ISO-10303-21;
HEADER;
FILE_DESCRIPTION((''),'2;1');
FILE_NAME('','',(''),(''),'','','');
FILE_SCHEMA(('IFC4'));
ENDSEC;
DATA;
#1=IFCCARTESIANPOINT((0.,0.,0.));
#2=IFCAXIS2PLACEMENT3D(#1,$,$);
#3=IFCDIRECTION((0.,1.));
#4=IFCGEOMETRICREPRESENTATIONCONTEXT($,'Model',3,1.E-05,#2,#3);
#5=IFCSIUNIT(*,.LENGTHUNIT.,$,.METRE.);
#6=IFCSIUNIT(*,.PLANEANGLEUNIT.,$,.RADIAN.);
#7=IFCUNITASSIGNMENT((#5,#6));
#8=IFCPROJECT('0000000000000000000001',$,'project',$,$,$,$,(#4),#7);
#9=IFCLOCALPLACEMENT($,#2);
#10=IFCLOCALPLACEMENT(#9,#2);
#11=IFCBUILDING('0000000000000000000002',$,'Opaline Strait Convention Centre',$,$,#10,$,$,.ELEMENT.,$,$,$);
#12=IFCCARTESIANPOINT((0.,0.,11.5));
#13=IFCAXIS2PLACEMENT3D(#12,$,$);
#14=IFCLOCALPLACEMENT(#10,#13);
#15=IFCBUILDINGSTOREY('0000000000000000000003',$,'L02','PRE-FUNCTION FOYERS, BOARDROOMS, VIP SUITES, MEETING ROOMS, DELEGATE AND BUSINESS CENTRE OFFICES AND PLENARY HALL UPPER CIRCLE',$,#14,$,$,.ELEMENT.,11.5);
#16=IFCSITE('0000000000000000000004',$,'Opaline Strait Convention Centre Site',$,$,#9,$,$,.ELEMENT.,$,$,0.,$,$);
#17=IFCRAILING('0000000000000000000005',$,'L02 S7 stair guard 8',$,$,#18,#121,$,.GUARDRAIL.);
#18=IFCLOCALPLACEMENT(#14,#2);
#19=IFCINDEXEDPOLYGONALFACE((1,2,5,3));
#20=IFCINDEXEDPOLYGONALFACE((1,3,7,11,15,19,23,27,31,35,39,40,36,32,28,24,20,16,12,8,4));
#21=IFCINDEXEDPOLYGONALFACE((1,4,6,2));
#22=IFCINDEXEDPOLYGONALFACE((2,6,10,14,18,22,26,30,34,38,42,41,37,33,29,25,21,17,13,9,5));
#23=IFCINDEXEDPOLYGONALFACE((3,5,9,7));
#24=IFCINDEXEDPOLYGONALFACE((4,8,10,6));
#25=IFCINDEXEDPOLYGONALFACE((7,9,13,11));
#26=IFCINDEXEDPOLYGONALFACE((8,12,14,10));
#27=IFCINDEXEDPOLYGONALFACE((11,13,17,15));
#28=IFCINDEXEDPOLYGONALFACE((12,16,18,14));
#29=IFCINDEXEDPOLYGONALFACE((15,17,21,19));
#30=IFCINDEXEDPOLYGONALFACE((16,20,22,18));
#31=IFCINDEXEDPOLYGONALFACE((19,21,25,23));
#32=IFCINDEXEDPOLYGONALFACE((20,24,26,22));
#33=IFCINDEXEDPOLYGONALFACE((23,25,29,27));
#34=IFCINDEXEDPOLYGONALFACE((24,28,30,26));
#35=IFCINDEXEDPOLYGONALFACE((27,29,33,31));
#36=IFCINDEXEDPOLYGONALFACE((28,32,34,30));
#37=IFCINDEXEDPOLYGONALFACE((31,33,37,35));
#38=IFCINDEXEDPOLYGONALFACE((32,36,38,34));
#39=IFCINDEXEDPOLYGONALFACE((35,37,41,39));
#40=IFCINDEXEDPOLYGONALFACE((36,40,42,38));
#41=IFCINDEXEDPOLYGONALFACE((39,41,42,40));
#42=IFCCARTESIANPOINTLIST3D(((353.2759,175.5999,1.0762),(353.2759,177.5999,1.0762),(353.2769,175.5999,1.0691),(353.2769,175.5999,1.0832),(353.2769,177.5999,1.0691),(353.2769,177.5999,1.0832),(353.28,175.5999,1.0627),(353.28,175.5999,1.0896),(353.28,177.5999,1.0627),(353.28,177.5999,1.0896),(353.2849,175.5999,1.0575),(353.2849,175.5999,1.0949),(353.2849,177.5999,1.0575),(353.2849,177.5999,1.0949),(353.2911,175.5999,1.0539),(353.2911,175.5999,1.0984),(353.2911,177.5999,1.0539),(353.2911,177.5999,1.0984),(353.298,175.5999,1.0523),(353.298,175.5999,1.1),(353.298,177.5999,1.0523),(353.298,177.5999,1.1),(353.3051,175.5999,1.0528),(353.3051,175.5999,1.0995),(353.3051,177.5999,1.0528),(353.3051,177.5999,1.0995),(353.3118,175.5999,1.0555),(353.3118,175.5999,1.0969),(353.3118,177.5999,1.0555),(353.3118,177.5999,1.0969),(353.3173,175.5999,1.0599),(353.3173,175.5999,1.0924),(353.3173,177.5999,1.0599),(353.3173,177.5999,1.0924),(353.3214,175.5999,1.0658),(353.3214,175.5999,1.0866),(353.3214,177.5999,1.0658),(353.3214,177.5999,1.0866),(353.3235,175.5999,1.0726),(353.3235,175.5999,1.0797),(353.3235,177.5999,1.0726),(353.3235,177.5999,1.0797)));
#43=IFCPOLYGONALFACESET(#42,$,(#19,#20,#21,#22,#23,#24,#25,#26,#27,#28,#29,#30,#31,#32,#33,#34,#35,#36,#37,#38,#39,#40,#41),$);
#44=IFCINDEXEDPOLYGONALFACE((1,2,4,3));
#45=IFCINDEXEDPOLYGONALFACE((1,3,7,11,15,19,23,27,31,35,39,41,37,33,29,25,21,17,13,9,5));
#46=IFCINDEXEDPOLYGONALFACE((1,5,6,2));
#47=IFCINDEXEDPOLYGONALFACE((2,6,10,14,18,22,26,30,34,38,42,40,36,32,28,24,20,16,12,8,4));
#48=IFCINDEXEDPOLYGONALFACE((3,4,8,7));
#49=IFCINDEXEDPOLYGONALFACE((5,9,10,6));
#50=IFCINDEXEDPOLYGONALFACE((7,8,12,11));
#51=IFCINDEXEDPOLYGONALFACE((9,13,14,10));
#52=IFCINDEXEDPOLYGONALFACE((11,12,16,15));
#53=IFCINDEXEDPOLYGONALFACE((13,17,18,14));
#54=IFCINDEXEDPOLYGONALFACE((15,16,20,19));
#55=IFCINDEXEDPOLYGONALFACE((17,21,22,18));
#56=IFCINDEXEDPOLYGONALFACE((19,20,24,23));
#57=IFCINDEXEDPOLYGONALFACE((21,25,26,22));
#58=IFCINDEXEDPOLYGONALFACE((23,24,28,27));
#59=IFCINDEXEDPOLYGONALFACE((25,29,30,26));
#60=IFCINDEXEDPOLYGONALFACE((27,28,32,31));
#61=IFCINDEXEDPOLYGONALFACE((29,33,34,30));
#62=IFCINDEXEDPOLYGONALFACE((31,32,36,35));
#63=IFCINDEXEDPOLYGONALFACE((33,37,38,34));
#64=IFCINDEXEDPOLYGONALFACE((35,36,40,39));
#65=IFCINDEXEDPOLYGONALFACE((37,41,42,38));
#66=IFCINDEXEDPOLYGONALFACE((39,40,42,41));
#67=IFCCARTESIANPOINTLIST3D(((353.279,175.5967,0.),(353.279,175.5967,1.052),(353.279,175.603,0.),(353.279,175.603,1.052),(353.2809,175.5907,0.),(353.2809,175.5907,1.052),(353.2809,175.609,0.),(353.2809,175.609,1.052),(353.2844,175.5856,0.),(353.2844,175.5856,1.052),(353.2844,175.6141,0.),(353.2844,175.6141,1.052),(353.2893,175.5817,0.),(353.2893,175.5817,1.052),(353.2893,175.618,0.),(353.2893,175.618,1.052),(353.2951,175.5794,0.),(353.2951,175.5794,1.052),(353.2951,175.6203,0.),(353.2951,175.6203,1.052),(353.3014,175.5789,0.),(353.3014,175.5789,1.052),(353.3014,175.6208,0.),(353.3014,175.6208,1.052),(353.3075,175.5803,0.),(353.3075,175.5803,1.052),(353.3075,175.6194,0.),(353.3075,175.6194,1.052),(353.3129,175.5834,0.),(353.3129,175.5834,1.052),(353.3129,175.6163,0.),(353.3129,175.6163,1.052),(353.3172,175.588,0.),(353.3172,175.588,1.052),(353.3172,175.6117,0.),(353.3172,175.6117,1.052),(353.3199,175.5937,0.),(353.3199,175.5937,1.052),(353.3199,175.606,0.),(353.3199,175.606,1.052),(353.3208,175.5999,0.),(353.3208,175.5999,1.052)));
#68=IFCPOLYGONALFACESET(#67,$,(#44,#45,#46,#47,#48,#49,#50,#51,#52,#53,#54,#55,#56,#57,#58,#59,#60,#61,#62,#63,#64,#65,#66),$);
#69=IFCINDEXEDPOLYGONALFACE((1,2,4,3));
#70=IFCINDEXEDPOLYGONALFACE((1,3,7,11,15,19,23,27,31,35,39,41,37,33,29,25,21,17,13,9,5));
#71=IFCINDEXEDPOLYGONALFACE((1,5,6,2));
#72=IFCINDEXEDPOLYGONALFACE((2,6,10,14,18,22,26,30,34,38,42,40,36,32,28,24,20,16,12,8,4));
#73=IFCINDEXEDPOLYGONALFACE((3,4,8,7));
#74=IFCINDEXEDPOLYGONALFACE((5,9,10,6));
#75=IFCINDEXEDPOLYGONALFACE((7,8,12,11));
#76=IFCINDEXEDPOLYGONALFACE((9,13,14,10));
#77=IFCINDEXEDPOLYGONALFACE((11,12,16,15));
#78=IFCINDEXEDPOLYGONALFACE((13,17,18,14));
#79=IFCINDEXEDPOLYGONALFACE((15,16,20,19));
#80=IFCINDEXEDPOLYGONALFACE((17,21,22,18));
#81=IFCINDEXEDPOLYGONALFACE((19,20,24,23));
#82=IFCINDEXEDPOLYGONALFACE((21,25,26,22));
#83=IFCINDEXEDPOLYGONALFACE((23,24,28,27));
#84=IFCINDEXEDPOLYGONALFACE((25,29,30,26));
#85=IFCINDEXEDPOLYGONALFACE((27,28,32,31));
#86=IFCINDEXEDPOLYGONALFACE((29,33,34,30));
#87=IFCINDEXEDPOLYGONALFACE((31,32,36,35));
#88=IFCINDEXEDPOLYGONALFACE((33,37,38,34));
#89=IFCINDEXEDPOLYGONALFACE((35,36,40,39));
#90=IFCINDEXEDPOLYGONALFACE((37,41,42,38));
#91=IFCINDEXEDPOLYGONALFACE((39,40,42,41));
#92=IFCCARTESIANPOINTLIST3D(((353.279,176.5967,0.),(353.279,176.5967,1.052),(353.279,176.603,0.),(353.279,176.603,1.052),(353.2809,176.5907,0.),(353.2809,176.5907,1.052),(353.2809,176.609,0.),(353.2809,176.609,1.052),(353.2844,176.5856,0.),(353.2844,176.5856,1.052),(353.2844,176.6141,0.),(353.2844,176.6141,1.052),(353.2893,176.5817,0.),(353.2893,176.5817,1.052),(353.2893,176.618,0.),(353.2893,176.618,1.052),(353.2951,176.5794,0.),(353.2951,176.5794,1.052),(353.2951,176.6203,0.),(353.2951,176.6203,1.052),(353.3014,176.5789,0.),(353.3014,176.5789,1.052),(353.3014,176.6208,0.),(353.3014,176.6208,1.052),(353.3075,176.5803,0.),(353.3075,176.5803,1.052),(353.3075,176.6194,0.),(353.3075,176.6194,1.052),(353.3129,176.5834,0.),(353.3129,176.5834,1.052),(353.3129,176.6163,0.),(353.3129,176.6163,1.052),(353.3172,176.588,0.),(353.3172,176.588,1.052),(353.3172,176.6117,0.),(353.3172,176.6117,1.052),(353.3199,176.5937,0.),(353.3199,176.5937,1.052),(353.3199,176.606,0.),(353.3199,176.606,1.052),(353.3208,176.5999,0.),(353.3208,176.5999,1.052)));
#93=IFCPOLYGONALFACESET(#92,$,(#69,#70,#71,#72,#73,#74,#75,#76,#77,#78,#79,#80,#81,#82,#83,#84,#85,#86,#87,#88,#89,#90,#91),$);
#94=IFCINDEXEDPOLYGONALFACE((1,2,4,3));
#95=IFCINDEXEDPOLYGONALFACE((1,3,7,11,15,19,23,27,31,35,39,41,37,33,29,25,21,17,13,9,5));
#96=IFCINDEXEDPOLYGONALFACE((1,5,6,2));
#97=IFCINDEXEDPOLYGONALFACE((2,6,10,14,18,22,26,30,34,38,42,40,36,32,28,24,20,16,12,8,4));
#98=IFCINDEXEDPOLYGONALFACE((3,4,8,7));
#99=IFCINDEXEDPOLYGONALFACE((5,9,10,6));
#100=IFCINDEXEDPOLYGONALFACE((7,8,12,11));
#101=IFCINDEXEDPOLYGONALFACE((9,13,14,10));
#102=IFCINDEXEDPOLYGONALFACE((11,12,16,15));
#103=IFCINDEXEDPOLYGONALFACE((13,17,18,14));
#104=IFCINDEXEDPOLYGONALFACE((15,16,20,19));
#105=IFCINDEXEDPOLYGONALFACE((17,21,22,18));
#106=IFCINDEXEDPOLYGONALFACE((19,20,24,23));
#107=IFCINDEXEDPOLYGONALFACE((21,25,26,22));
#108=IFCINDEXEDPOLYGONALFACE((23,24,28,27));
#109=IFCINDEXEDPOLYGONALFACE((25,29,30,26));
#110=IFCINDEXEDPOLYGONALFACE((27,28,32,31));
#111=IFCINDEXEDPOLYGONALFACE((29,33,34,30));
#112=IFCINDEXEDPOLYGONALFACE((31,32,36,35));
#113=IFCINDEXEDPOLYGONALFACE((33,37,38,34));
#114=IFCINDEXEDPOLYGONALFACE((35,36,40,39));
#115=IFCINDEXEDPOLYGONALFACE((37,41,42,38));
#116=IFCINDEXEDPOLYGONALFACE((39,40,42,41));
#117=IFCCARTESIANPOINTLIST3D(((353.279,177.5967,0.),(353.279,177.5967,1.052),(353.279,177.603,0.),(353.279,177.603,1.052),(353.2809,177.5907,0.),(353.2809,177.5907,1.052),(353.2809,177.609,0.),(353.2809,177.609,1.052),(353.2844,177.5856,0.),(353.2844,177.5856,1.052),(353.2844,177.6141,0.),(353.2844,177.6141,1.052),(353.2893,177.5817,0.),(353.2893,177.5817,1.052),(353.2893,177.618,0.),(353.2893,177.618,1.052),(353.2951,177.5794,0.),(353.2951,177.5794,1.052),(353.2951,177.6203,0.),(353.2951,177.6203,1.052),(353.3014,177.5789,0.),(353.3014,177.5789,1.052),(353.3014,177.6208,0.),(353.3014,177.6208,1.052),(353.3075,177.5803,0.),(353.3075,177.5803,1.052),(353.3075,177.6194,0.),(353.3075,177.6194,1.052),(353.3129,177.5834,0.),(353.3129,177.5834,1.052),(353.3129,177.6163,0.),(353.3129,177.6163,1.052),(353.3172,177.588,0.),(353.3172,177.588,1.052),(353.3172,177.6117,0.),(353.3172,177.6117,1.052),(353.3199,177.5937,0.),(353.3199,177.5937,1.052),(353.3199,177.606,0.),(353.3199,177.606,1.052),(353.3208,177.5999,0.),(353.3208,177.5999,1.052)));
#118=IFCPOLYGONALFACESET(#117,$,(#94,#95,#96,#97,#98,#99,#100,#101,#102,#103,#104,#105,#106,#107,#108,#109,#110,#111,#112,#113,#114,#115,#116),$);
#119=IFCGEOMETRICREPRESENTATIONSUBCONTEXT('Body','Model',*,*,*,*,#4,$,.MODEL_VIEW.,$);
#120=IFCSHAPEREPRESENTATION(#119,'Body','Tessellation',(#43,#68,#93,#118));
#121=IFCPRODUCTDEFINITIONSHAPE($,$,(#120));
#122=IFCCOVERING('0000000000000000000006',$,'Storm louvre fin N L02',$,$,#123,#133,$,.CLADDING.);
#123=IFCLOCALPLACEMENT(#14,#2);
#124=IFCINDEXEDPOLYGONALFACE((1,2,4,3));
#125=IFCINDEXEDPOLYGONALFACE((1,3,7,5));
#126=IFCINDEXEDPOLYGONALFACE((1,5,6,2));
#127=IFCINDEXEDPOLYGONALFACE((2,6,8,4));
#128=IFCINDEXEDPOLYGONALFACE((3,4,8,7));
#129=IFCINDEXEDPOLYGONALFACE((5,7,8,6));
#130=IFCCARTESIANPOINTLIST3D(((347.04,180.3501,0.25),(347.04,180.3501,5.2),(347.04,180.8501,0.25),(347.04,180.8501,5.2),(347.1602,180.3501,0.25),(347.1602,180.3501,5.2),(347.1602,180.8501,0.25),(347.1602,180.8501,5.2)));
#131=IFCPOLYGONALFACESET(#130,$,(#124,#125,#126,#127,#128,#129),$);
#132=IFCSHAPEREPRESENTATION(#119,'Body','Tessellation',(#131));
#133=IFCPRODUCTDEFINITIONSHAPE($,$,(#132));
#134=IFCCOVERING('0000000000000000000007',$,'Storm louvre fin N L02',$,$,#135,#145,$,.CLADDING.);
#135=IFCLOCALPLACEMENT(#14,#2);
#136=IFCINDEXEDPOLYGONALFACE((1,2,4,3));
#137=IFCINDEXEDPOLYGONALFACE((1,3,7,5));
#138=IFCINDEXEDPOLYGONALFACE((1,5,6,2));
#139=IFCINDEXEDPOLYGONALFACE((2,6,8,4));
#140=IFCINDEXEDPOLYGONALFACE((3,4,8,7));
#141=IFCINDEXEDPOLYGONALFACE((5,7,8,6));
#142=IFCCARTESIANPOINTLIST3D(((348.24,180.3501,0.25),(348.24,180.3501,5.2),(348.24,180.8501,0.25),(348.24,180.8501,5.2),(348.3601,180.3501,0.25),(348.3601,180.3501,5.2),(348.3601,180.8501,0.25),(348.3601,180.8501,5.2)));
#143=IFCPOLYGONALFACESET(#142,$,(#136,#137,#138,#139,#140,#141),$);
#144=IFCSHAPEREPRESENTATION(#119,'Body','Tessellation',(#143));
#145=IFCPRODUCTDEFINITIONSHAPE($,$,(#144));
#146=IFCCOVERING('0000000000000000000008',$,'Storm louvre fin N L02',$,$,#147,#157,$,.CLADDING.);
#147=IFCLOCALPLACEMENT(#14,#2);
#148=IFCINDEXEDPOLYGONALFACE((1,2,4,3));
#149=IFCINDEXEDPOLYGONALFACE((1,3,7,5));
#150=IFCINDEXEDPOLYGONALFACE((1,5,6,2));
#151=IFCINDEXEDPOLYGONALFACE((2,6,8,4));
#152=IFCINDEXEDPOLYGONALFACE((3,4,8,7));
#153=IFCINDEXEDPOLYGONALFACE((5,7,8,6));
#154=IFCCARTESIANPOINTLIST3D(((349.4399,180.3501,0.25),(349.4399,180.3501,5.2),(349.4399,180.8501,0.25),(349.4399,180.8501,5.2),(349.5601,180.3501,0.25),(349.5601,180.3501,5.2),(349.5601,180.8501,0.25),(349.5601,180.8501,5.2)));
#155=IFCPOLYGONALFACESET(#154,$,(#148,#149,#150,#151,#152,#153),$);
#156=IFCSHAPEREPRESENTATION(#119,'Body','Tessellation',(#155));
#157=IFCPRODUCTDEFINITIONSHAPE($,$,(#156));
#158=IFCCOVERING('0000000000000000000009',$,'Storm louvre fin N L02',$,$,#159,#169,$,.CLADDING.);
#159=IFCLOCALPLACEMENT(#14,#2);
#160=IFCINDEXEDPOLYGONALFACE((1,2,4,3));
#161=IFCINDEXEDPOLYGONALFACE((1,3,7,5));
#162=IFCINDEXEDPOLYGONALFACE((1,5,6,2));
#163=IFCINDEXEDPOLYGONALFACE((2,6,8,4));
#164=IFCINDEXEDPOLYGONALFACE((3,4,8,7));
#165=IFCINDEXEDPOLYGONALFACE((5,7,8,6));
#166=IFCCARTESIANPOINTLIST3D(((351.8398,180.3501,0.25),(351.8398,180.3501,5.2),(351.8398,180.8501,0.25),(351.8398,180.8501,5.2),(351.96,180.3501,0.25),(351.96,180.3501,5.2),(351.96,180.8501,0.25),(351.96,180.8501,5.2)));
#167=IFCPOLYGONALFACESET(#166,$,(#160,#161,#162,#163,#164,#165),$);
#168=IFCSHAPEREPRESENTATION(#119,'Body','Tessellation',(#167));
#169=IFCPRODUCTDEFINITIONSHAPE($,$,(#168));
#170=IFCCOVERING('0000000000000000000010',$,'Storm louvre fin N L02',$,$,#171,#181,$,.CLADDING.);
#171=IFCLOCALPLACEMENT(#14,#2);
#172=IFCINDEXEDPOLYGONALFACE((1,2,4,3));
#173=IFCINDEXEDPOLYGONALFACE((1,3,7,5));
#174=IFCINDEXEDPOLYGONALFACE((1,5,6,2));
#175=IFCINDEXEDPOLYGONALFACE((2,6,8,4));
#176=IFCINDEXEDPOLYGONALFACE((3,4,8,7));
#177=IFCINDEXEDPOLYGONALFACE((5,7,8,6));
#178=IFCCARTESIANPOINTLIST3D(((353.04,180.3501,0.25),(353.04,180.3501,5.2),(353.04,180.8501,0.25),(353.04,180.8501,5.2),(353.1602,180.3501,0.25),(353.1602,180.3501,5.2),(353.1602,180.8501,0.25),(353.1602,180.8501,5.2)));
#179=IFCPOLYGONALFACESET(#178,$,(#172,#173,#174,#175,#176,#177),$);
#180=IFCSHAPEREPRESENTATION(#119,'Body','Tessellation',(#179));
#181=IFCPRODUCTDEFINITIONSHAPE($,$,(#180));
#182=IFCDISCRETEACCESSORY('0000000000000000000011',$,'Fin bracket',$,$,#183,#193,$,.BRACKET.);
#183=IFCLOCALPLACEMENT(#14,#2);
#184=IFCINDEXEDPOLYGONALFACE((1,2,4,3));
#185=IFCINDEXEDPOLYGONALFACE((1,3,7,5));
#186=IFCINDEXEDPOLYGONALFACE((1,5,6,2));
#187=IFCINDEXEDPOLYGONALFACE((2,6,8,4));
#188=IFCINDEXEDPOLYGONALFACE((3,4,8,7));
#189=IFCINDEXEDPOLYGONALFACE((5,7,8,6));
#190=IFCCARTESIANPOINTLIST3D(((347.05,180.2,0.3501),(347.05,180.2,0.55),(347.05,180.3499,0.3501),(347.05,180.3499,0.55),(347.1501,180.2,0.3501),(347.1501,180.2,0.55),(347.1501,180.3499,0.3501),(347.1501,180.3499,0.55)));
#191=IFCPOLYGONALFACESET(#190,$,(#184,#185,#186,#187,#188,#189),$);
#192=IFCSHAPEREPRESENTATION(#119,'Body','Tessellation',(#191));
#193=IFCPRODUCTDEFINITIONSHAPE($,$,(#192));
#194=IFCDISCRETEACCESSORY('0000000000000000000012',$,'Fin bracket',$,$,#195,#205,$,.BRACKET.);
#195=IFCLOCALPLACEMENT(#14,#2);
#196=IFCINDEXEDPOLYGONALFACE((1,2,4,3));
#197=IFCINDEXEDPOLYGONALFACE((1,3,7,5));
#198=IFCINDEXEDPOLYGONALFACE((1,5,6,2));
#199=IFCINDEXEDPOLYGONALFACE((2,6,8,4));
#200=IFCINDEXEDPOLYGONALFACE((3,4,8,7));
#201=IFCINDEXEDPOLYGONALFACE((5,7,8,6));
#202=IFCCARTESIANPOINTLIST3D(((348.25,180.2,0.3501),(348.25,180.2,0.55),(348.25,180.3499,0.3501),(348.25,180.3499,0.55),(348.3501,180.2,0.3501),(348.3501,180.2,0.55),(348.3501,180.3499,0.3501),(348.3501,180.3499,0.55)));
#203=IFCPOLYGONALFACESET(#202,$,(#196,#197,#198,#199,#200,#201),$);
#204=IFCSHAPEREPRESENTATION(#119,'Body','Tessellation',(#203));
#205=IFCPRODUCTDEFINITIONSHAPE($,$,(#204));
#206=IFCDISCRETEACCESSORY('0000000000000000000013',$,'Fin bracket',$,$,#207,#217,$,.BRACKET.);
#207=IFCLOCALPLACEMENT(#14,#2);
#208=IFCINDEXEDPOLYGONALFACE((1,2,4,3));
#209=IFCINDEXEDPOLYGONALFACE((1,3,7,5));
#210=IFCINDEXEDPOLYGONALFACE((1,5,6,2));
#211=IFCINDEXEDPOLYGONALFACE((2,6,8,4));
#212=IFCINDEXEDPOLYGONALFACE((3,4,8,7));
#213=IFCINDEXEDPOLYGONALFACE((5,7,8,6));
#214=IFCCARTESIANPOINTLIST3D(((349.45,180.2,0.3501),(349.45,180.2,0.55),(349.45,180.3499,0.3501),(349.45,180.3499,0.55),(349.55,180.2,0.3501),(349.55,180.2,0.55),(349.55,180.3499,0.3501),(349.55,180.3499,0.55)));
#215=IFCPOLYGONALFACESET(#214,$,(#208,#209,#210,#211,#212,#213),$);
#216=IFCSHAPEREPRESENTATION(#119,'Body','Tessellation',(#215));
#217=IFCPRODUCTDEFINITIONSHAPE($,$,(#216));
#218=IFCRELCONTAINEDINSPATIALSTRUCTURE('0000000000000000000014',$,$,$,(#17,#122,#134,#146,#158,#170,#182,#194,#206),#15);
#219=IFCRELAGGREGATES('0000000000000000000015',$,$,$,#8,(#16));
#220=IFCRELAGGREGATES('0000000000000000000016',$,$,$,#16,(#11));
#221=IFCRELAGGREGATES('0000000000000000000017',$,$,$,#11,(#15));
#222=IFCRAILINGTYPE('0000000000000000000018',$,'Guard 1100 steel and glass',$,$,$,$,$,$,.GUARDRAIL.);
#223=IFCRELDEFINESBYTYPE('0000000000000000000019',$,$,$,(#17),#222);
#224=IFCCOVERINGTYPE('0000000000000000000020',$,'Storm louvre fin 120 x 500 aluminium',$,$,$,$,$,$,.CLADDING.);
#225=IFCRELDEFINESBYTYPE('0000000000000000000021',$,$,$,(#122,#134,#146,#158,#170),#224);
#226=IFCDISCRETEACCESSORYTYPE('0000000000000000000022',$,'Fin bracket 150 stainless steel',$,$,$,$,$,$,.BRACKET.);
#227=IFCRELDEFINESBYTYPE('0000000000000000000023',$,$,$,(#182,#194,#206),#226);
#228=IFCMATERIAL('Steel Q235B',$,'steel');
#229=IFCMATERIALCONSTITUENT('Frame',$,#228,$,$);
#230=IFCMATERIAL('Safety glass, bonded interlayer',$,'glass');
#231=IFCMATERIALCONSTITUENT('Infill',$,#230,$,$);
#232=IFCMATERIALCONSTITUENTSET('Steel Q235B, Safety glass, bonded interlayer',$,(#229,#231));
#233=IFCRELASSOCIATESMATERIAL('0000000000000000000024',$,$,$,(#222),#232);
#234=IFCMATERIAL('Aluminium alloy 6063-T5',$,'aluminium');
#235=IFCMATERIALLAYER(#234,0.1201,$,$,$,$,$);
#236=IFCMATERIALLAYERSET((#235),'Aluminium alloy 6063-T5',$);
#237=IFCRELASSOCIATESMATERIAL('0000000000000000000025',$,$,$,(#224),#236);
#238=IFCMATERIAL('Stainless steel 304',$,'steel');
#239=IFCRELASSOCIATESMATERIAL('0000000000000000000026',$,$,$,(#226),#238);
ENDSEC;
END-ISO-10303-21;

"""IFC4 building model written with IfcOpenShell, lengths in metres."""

from ifc_helpers import new_model, si_unit, direction, frame, origin, origin_2d, place, context, subcontext, project, spatial, rectangle, circle, extrude, material, layer, layer_set, constituent, constituent_set, type_object, element, save


model = new_model("IFC4")

# Units and contexts
model_context = context("Model", 3, precision=1e-05, world=origin(), true_north=direction((0.0, 1.0)))
body_context = subcontext(model_context, "Body", "Model", "MODEL_VIEW")
ifc_project = project(units=[si_unit("LENGTHUNIT", "METRE"), si_unit("PLANEANGLEUNIT", "RADIAN")], contexts=[model_context])

# Site, building, storey
site_placement = place(None, origin())
site = spatial("IfcSite", under=ifc_project, at=site_placement, Name="Opaline Strait Convention Centre Site", CompositionType="ELEMENT", RefElevation=0.0)
building_placement = place(site_placement, origin())
building = spatial("IfcBuilding", under=site, at=building_placement, Name="Opaline Strait Convention Centre", CompositionType="ELEMENT")
storey_placement = place(building_placement, frame((0.0, 0.0, 11.5)))
storey = spatial("IfcBuildingStorey", under=building, at=storey_placement, Name="L02", Description="PRE-FUNCTION FOYERS, BOARDROOMS, VIP SUITES, MEETING ROOMS, DELEGATE AND BUSINESS CENTRE OFFICES AND PLENARY HALL UPPER CIRCLE", CompositionType="ELEMENT", Elevation=11.5)

# Shared definitions
ifc_material_1 = material(Name="Stainless steel 304", Category="steel")

# Railing
ifc_material_2 = material(Name="Steel Q235B", Category="steel")
ifc_constituent_1 = constituent(ifc_material_2, Name="Frame")
ifc_material_3 = material(Name="Safety glass, bonded interlayer", Category="glass")
ifc_constituent_2 = constituent(ifc_material_3, Name="Infill")
ifc_constituent_set = constituent_set(constituents=[ifc_constituent_1, ifc_constituent_2], Name="Steel Q235B, Safety glass, bonded interlayer")
railing_type = type_object("IfcRailingType", Name="Guard 1100 steel and glass", PredefinedType="GUARDRAIL", material=ifc_constituent_set)
railing_1_placement = place(storey_placement, frame((353.2998, 175.5999, 0.0)))
element("IfcRailing", 1, at=railing_1_placement, inside=storey, type_object=railing_type, Name="L02 S7 stair guard 8", PredefinedType="GUARDRAIL", context=body_context, shape_type="SweptSolid", body=[
    extrude(circle(Radius=0.0239, at=origin_2d()), frame((0.0, 0.0, 1.0762), z_axis=(0.0, 1.0, 0.0), x_axis=(-1.0, 0.0, 0.0)), (0.0, 0.0, 1.0), 2.0),
    extrude(circle(Radius=0.021, at=origin_2d()), origin(), (0.0, 0.0, 1.0), 1.052),
    extrude(circle(Radius=0.021, at=origin_2d()), frame((0.0, 1.0, 0.0)), (0.0, 0.0, 1.0), 1.052),
    extrude(circle(Radius=0.021, at=origin_2d()), frame((0.0, 2.0, 0.0)), (0.0, 0.0, 1.0), 1.052),
])

# Coverings
ifc_material_4 = material(Name="Aluminium alloy 6063-T5", Category="aluminium")
ifc_layer_1 = layer(ifc_material_4, 0.1201)
ifc_layer_set_1 = layer_set([ifc_layer_1], Name="Aluminium alloy 6063-T5")
covering_type = type_object("IfcCoveringType", Name="Storm louvre fin 120 x 500 aluminium", PredefinedType="CLADDING", material=ifc_layer_set_1)
for number, where, z_axis, x_axis, name in (
    (2, (347.1001, 180.6001, 0.25), (0.0, 0.0, 1.0), (1.0, 0.0, 0.0), "Storm louvre fin N L02"),
    (3, (348.3, 180.6001, 0.25), (0.0, 0.0, 1.0), (1.0, 0.0, 0.0), "Storm louvre fin N L02"),
    (4, (349.5, 180.6001, 0.25), (0.0, 0.0, 1.0), (1.0, 0.0, 0.0), "Storm louvre fin N L02"),
    (5, (351.8999, 180.6001, 0.25), (0.0, 0.0, 1.0), (1.0, 0.0, 0.0), "Storm louvre fin N L02"),
    (6, (353.1001, 180.6001, 0.25), (0.0, 0.0, 1.0), (1.0, 0.0, 0.0), "Storm louvre fin N L02"),
):
    element("IfcCovering", number, at=place(storey_placement, frame(where, z_axis=z_axis, x_axis=x_axis)), inside=storey, type_object=covering_type, Name=name, PredefinedType="CLADDING", context=body_context, shape_type="SweptSolid", body=[
        extrude(rectangle(XDim=0.1201, YDim=0.5, at=origin_2d()), origin(), (0.0, 0.0, 1.0), 4.95),
    ])

# Discrete accessories
discrete_accessory_type = type_object("IfcDiscreteAccessoryType", Name="Fin bracket 150 stainless steel", PredefinedType="BRACKET", material=ifc_material_1)
for number, where, z_axis, x_axis, name in (
    (7, (347.1001, 180.2749, 0.3501), (0.0, 0.0, 1.0), (1.0, 0.0, 0.0), "Fin bracket"),
    (8, (348.3, 180.2749, 0.3501), (0.0, 0.0, 1.0), (1.0, 0.0, 0.0), "Fin bracket"),
    (9, (349.5, 180.2749, 0.3501), (0.0, 0.0, 1.0), (1.0, 0.0, 0.0), "Fin bracket"),
):
    element("IfcDiscreteAccessory", number, at=place(storey_placement, frame(where, z_axis=z_axis, x_axis=x_axis)), inside=storey, type_object=discrete_accessory_type, Name=name, PredefinedType="BRACKET", context=body_context, shape_type="SweptSolid", body=[
        extrude(rectangle(XDim=0.1001, YDim=0.1499, at=origin_2d()), origin(), (0.0, 0.0, 1.0), 0.2),
    ])

save(model, "model.ifc")
